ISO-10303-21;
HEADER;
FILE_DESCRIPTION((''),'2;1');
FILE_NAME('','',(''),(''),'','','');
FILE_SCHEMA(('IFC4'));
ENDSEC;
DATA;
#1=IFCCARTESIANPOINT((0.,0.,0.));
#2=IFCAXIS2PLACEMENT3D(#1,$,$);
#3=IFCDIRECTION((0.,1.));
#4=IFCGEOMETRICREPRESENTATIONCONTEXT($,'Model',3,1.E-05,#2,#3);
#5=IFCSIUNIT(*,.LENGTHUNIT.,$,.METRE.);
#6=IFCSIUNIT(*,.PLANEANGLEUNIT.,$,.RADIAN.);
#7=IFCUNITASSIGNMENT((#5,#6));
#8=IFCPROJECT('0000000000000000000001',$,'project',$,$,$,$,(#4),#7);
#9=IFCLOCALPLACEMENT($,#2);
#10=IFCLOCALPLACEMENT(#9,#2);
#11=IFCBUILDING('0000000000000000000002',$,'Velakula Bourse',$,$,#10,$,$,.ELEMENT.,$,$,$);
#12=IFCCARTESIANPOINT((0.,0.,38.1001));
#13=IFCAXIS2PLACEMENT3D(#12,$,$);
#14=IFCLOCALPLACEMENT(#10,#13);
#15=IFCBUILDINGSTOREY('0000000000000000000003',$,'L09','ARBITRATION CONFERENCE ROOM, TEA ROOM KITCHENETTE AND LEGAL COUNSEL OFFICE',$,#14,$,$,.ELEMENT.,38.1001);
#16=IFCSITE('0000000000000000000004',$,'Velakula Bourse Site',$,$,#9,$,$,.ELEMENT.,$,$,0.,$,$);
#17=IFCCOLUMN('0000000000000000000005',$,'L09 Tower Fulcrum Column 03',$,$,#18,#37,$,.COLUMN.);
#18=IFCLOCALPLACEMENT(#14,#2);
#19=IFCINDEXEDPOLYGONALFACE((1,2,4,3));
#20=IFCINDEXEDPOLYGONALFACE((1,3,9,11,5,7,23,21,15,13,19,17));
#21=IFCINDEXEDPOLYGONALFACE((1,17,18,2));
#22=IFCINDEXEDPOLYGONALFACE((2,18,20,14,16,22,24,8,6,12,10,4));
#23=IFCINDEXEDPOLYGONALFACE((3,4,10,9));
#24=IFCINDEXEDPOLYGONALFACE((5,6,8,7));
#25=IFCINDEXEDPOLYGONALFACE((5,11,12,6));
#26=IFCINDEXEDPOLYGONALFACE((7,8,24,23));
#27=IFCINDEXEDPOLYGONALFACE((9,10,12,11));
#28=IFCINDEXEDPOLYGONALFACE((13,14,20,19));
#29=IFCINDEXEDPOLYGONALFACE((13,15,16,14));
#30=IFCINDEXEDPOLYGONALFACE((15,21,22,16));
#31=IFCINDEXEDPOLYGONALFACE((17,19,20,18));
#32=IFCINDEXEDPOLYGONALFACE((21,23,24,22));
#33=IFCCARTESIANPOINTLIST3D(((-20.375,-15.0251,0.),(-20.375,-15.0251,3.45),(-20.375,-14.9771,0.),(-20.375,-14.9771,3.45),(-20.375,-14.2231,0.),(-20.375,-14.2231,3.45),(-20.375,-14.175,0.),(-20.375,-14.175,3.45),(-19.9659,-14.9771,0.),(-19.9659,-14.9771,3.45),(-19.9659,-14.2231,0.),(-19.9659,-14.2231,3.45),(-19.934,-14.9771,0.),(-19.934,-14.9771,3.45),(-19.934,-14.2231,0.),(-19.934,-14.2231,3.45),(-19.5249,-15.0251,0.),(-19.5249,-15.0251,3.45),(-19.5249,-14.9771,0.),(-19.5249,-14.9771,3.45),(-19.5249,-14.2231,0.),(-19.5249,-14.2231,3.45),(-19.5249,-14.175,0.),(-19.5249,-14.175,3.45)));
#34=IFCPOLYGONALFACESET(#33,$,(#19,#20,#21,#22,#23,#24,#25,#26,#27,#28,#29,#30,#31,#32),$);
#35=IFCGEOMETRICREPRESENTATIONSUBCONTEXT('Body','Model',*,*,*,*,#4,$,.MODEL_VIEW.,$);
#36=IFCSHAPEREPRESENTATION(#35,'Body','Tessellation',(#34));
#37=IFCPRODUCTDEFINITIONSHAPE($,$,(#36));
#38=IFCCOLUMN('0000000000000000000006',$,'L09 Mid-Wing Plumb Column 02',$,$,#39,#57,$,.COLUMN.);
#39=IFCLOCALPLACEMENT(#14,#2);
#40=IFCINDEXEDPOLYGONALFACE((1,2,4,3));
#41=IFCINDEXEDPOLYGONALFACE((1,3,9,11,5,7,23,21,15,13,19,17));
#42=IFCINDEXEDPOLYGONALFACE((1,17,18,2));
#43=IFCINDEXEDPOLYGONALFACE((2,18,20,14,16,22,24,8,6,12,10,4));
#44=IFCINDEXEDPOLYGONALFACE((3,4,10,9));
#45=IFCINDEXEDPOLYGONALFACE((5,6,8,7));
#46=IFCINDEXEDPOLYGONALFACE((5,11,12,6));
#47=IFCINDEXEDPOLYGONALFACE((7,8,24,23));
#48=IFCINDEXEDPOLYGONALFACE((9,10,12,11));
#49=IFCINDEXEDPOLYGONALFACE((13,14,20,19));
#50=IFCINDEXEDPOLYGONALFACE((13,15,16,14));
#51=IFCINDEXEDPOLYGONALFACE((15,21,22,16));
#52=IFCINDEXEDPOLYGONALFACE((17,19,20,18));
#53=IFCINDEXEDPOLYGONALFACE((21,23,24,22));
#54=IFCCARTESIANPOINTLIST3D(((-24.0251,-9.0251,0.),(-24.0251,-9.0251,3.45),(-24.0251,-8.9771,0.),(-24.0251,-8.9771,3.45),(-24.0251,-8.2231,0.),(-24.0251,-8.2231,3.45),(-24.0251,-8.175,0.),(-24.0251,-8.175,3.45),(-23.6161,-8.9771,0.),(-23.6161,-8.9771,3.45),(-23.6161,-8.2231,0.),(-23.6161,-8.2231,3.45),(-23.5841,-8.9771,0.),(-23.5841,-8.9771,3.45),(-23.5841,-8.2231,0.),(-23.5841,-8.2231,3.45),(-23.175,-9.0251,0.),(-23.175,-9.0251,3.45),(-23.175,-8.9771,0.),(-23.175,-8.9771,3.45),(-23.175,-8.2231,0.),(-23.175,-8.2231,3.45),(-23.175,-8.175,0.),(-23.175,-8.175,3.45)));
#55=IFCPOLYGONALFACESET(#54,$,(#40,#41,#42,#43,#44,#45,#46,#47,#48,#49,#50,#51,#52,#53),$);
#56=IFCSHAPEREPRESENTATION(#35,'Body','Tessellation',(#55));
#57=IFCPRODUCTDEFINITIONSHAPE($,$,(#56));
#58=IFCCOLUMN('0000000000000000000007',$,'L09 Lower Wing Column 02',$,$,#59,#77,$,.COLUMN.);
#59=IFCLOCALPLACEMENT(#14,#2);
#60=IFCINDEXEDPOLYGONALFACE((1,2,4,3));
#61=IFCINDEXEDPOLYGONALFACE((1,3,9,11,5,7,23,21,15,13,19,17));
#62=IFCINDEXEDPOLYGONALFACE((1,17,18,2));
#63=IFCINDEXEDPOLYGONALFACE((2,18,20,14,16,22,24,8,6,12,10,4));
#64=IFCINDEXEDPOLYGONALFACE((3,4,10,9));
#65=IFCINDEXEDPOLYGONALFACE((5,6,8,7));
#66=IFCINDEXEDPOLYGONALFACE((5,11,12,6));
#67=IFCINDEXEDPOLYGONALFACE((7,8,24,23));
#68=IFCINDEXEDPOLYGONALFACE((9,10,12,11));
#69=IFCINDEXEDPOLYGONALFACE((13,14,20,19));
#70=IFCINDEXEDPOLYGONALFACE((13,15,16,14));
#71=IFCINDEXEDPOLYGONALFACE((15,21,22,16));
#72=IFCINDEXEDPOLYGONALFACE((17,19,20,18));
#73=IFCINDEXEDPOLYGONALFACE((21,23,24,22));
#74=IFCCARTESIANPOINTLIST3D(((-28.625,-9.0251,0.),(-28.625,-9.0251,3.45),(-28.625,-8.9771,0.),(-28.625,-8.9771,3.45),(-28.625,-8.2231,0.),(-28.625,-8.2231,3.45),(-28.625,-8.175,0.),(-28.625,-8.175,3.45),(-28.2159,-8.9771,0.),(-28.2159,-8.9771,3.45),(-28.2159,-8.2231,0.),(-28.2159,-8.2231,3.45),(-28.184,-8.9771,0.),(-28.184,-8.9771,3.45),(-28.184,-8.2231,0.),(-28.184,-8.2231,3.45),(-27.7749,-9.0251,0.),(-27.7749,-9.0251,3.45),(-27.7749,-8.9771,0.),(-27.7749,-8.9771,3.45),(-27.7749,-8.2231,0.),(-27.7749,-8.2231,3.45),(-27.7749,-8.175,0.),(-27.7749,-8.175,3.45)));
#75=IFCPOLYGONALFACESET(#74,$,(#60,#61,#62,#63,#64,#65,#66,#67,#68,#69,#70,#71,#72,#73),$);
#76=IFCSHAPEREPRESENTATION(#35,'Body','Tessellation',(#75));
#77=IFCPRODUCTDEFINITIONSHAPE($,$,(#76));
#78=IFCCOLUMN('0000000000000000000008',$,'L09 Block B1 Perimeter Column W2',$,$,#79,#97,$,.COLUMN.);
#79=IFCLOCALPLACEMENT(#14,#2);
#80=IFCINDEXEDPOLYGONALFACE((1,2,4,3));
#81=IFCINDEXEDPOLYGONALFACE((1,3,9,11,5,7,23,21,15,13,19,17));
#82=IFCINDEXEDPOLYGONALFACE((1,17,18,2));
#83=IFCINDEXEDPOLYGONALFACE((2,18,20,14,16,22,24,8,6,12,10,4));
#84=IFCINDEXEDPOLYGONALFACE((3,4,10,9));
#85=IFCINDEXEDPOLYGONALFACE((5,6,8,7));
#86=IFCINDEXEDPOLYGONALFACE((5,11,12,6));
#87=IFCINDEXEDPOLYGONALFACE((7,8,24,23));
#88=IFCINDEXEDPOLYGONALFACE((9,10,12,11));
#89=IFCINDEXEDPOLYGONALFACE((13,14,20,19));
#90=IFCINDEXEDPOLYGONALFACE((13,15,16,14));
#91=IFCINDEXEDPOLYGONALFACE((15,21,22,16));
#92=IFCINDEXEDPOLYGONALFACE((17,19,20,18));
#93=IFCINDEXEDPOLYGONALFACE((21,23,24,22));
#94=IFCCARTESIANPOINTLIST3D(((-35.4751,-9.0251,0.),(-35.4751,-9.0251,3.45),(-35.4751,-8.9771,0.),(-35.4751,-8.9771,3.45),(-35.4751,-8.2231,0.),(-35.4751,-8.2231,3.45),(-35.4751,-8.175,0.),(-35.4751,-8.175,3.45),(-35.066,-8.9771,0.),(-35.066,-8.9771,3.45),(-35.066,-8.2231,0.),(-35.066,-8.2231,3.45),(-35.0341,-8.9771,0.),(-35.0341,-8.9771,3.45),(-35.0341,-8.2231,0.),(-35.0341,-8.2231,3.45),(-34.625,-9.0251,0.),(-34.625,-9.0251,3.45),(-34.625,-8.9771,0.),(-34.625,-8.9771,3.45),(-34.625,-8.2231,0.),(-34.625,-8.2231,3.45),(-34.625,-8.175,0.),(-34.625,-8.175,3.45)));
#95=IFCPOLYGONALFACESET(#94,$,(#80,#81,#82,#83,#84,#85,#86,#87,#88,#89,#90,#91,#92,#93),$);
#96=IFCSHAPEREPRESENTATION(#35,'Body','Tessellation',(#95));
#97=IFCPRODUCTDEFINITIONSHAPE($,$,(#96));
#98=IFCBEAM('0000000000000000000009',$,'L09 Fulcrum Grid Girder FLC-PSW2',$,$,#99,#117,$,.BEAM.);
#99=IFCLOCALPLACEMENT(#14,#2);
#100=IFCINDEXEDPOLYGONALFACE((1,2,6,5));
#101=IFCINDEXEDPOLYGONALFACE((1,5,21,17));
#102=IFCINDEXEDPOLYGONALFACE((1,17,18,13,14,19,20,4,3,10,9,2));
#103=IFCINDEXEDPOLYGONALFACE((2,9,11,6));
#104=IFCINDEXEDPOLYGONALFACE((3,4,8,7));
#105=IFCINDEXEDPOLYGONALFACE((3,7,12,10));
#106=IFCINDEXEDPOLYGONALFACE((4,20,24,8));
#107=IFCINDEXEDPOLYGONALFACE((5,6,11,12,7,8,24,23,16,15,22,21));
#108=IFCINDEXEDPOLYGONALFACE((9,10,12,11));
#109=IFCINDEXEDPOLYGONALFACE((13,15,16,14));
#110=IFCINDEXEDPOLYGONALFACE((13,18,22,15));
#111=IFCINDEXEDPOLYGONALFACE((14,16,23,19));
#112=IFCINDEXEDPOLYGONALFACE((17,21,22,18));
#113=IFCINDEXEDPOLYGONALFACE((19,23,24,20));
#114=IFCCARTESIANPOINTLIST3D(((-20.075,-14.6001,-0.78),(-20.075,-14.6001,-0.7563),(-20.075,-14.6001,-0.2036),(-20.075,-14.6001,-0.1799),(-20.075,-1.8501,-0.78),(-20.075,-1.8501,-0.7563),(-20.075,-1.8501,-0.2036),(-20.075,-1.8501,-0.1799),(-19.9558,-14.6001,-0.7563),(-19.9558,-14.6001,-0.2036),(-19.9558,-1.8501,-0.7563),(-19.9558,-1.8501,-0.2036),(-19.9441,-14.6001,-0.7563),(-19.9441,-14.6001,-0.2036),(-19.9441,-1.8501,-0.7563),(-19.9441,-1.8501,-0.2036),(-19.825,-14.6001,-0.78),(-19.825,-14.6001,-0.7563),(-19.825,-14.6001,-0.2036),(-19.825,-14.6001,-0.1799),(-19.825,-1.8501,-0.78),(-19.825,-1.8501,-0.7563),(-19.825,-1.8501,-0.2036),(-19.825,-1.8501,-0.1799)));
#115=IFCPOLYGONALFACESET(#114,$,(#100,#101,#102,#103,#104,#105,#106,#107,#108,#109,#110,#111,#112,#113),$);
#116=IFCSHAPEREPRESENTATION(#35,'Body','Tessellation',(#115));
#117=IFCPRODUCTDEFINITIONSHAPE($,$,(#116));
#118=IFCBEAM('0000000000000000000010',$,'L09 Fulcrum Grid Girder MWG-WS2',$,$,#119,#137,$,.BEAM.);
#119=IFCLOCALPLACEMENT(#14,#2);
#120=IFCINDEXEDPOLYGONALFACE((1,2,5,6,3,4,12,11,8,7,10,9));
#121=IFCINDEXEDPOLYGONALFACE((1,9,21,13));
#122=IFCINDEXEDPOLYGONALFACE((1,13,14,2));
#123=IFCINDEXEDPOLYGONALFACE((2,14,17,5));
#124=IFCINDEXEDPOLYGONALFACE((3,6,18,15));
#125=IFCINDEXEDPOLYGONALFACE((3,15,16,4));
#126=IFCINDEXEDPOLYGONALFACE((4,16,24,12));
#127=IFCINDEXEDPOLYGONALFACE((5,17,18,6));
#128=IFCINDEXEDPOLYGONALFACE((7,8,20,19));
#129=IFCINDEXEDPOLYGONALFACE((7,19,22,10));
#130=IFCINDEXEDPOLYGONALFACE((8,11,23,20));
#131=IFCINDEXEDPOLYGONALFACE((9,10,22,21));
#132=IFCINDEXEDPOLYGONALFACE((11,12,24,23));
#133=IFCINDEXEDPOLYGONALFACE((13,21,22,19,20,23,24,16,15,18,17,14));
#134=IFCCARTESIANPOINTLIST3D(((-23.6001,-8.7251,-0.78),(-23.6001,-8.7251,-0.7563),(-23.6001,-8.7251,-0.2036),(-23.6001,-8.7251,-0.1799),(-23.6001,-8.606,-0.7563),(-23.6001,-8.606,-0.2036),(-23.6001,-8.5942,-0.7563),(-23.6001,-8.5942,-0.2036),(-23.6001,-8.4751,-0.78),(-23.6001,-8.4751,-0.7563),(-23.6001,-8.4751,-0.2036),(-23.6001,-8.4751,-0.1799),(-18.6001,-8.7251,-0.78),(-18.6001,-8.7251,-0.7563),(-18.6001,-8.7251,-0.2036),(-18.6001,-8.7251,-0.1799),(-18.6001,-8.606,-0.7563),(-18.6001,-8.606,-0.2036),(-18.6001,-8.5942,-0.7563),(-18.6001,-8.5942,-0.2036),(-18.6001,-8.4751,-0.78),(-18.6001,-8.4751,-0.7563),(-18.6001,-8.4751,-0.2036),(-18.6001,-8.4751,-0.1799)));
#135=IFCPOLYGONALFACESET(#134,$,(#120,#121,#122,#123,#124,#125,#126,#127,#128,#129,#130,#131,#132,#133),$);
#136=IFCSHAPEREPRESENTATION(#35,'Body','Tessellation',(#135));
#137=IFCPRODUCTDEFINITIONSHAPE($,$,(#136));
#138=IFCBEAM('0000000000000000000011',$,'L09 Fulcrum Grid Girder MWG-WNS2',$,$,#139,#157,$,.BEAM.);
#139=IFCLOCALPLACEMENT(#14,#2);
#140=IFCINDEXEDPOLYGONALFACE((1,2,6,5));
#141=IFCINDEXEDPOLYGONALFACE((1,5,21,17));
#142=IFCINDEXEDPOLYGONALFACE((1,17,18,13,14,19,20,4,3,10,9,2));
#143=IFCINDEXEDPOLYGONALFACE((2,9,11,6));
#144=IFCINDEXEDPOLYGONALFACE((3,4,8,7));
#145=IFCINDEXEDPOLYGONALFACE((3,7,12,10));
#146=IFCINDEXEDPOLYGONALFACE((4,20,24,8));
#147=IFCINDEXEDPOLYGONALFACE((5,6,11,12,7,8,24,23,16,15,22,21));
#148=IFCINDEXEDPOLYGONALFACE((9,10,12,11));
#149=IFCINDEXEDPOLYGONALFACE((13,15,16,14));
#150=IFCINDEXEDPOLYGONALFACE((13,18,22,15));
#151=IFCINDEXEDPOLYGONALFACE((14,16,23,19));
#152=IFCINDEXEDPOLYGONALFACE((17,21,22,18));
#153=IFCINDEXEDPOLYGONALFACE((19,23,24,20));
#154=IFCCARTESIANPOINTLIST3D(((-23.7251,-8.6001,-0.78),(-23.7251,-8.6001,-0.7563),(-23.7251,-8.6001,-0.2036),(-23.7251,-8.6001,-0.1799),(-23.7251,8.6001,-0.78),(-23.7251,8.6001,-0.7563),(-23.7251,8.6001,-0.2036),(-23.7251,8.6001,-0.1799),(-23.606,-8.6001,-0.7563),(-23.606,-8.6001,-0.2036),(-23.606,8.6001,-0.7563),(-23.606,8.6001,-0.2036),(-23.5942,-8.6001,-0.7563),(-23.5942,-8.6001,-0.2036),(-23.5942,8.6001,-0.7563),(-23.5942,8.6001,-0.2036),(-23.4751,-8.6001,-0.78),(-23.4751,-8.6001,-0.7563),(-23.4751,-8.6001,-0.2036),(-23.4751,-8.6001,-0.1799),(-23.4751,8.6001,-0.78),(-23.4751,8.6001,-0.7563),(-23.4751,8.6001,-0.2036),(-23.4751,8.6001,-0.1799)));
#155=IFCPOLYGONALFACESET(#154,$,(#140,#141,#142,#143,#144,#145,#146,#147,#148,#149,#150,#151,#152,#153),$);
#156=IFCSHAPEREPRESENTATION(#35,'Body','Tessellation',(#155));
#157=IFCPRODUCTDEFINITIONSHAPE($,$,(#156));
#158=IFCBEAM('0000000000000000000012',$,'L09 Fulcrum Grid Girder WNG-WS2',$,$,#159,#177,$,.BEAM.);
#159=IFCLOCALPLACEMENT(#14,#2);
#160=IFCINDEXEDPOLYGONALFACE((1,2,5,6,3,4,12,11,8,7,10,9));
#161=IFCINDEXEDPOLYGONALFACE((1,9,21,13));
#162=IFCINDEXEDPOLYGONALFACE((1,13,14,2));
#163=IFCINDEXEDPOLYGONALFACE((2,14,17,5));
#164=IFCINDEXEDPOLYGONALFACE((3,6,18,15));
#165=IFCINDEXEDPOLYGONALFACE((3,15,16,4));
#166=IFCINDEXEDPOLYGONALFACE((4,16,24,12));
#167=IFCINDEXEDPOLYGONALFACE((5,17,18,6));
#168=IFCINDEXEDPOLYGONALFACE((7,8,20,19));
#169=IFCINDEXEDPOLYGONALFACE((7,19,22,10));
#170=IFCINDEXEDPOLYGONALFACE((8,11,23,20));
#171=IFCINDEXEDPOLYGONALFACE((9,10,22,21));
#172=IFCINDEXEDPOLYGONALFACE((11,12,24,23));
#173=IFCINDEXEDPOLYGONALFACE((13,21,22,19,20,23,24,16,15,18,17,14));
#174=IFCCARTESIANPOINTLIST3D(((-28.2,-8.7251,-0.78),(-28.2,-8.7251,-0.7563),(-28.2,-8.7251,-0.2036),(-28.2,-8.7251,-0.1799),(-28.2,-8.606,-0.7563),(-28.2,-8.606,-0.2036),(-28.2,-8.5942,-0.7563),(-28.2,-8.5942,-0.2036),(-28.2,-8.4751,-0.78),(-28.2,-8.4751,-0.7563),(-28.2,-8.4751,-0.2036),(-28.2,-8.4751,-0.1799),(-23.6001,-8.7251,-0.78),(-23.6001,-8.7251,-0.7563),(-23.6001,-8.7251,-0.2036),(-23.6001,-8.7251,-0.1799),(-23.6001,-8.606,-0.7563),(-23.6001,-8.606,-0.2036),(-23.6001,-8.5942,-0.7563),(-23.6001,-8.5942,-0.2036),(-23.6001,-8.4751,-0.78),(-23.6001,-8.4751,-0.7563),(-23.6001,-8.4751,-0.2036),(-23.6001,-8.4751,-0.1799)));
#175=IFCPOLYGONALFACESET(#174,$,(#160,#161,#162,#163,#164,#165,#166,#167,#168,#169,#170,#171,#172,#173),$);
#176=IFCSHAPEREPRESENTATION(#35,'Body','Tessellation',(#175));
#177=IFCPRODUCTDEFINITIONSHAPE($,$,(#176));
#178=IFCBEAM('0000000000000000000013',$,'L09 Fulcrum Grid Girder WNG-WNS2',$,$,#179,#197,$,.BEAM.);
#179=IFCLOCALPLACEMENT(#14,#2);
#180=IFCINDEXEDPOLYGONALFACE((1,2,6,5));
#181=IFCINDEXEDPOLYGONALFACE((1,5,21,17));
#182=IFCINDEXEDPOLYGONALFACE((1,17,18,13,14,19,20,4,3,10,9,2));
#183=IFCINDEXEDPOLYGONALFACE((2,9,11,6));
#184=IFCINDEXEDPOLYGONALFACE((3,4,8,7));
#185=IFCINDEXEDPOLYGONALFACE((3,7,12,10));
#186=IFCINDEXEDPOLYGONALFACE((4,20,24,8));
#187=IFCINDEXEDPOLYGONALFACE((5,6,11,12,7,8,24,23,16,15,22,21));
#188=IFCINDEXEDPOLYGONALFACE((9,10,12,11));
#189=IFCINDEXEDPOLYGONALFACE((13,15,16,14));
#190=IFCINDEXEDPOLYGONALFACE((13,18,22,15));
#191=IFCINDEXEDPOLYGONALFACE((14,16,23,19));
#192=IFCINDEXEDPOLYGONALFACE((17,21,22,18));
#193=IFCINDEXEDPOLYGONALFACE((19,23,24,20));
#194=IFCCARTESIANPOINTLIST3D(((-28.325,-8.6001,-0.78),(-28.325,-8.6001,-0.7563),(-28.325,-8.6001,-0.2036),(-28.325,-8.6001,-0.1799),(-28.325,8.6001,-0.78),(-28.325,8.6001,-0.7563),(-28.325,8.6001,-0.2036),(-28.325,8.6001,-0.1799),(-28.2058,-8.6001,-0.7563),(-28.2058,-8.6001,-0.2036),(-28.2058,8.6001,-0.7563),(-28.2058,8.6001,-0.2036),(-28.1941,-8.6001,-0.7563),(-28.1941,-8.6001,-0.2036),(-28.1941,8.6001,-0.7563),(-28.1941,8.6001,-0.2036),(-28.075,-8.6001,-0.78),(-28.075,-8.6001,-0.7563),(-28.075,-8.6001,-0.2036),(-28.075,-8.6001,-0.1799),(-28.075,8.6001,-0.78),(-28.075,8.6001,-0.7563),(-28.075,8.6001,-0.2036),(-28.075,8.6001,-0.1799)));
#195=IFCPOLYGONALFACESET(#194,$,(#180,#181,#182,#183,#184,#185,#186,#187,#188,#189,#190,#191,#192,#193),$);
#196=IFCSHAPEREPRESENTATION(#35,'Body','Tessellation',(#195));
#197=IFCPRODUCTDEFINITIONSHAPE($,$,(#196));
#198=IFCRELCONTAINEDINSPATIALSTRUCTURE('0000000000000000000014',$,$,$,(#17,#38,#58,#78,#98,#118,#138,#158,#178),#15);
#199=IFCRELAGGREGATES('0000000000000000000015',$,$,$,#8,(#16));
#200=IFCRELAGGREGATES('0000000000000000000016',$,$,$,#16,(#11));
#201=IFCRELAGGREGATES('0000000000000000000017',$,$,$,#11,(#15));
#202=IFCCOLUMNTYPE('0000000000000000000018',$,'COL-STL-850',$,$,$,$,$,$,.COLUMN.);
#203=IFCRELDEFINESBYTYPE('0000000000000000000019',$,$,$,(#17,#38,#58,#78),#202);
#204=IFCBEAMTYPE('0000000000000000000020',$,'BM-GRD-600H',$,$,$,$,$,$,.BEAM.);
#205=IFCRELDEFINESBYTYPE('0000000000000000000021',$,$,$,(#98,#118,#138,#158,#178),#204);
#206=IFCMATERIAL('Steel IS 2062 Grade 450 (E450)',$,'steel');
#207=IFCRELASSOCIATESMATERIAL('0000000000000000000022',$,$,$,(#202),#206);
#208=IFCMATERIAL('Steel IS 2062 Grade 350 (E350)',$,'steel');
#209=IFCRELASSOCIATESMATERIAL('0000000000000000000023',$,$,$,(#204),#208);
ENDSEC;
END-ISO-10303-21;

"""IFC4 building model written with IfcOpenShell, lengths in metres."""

from ifc_helpers import new_model, si_unit, direction, frame, origin, origin_2d, place, context, subcontext, project, spatial, i_section, extrude, material, material_profile, profile_set, type_object, element, save


model = new_model("IFC4")

# Units and contexts
model_context = context("Model", 3, precision=1e-05, world=origin(), true_north=direction((0.0, 1.0)))
body_context = subcontext(model_context, "Body", "Model", "MODEL_VIEW")
ifc_project = project(units=[si_unit("LENGTHUNIT", "METRE"), si_unit("PLANEANGLEUNIT", "RADIAN")], contexts=[model_context])

# Site, building, storey
site_placement = place(None, origin())
site = spatial("IfcSite", under=ifc_project, at=site_placement, Name="Velakula Bourse Site", CompositionType="ELEMENT", RefElevation=0.0)
building_placement = place(site_placement, origin())
building = spatial("IfcBuilding", under=site, at=building_placement, Name="Velakula Bourse", CompositionType="ELEMENT")
storey_placement = place(building_placement, frame((0.0, 0.0, 38.1001)))
storey = spatial("IfcBuildingStorey", under=building, at=storey_placement, Name="L09", Description="ARBITRATION CONFERENCE ROOM, TEA ROOM KITCHENETTE AND LEGAL COUNSEL OFFICE", CompositionType="ELEMENT", Elevation=38.1001)

# Columns
ifc_material_1 = material(Name="Steel IS 2062 Grade 450 (E450)", Category="steel")
ifc_material_profile_1 = material_profile(ifc_material_1, i_section(OverallWidth=0.8501, OverallDepth=0.8501, WebThickness=0.032, FlangeThickness=0.0481, at=origin_2d()), Name="Steel IS 2062 Grade 450 (E450)")
ifc_profile_set_1 = profile_set([ifc_material_profile_1], Name="Steel IS 2062 Grade 450 (E450)")
column_type = type_object("IfcColumnType", Name="COL-STL-850", PredefinedType="COLUMN", material=ifc_profile_set_1)
for number, where, z_axis, x_axis, name in (
    (1, (-19.95, -14.6001, 0.0), (0.0, 0.0, 1.0), (1.0, 0.0, 0.0), "L09 Tower Fulcrum Column 03"),
    (2, (-23.6001, -8.6001, 0.0), (0.0, 0.0, 1.0), (1.0, 0.0, 0.0), "L09 Mid-Wing Plumb Column 02"),
    (3, (-28.2, -8.6001, 0.0), (0.0, 0.0, 1.0), (1.0, 0.0, 0.0), "L09 Lower Wing Column 02"),
    (4, (-35.05, -8.6001, 0.0), (0.0, 0.0, 1.0), (1.0, 0.0, 0.0), "L09 Block B1 Perimeter Column W2"),
):
    element("IfcColumn", number, at=place(storey_placement, frame(where, z_axis=z_axis, x_axis=x_axis)), inside=storey, type_object=column_type, Name=name, PredefinedType="COLUMN", context=body_context, shape_type="SweptSolid", body=[
        extrude(i_section(OverallWidth=0.8501, OverallDepth=0.8501, WebThickness=0.032, FlangeThickness=0.0481, at=origin_2d()), origin(), (0.0, 0.0, 1.0), 3.45),
    ])

# Beams
ifc_material_2 = material(Name="Steel IS 2062 Grade 350 (E350)", Category="steel")
ifc_material_profile_2 = material_profile(ifc_material_2, i_section(OverallWidth=0.25, OverallDepth=0.6001, WebThickness=0.0117, FlangeThickness=0.0237, at=origin_2d()), Name="Steel IS 2062 Grade 350 (E350)")
ifc_profile_set_2 = profile_set([ifc_material_profile_2], Name="Steel IS 2062 Grade 350 (E350)")
beam_type_1 = type_object("IfcBeamType", Name="BM-GRD-600H", PredefinedType="BEAM", material=ifc_profile_set_2)
beam_1_placement = place(storey_placement, frame((-19.95, -14.6001, -0.48), z_axis=(0.0, 1.0, 0.0), x_axis=(-1.0, 0.0, 0.0)))
element("IfcBeam", 5, at=beam_1_placement, inside=storey, type_object=beam_type_1, Name="L09 Fulcrum Grid Girder FLC-PSW2", PredefinedType="BEAM", context=body_context, shape_type="SweptSolid", body=[
    extrude(i_section(OverallWidth=0.25, OverallDepth=0.6001, WebThickness=0.0117, FlangeThickness=0.0237, at=origin_2d()), origin(), (0.0, 0.0, 1.0), 12.75),
])
beam_2_placement = place(storey_placement, frame((-23.6001, -8.6001, -0.48), z_axis=(1.0, 0.0, 0.0), x_axis=(0.0, 1.0, 0.0)))
element("IfcBeam", 6, at=beam_2_placement, inside=storey, type_object=beam_type_1, Name="L09 Fulcrum Grid Girder MWG-WS2", PredefinedType="BEAM", context=body_context, shape_type="SweptSolid", body=[
    extrude(i_section(OverallWidth=0.25, OverallDepth=0.6001, WebThickness=0.0117, FlangeThickness=0.0237, at=origin_2d()), origin(), (0.0, 0.0, 1.0), 5.0),
])
beam_3_placement = place(storey_placement, frame((-23.6001, -8.6001, -0.48), z_axis=(0.0, 1.0, 0.0), x_axis=(-1.0, 0.0, 0.0)))
element("IfcBeam", 7, at=beam_3_placement, inside=storey, type_object=beam_type_1, Name="L09 Fulcrum Grid Girder MWG-WNS2", PredefinedType="BEAM", context=body_context, shape_type="SweptSolid", body=[
    extrude(i_section(OverallWidth=0.25, OverallDepth=0.6001, WebThickness=0.0117, FlangeThickness=0.0237, at=origin_2d()), origin(), (0.0, 0.0, 1.0), 17.2002),
])
beam_4_placement = place(storey_placement, frame((-28.2, -8.6001, -0.48), z_axis=(1.0, 0.0, 0.0), x_axis=(0.0, 1.0, 0.0)))
element("IfcBeam", 8, at=beam_4_placement, inside=storey, type_object=beam_type_1, Name="L09 Fulcrum Grid Girder WNG-WS2", PredefinedType="BEAM", context=body_context, shape_type="SweptSolid", body=[
    extrude(i_section(OverallWidth=0.25, OverallDepth=0.6001, WebThickness=0.0117, FlangeThickness=0.0237, at=origin_2d()), origin(), (0.0, 0.0, 1.0), 4.5999),
])
beam_5_placement = place(storey_placement, frame((-28.2, -8.6001, -0.48), z_axis=(0.0, 1.0, 0.0), x_axis=(-1.0, 0.0, 0.0)))
element("IfcBeam", 9, at=beam_5_placement, inside=storey, type_object=beam_type_1, Name="L09 Fulcrum Grid Girder WNG-WNS2", PredefinedType="BEAM", context=body_context, shape_type="SweptSolid", body=[
    extrude(i_section(OverallWidth=0.25, OverallDepth=0.6001, WebThickness=0.0117, FlangeThickness=0.0237, at=origin_2d()), origin(), (0.0, 0.0, 1.0), 17.2002),
])

save(model, "model.ifc")
